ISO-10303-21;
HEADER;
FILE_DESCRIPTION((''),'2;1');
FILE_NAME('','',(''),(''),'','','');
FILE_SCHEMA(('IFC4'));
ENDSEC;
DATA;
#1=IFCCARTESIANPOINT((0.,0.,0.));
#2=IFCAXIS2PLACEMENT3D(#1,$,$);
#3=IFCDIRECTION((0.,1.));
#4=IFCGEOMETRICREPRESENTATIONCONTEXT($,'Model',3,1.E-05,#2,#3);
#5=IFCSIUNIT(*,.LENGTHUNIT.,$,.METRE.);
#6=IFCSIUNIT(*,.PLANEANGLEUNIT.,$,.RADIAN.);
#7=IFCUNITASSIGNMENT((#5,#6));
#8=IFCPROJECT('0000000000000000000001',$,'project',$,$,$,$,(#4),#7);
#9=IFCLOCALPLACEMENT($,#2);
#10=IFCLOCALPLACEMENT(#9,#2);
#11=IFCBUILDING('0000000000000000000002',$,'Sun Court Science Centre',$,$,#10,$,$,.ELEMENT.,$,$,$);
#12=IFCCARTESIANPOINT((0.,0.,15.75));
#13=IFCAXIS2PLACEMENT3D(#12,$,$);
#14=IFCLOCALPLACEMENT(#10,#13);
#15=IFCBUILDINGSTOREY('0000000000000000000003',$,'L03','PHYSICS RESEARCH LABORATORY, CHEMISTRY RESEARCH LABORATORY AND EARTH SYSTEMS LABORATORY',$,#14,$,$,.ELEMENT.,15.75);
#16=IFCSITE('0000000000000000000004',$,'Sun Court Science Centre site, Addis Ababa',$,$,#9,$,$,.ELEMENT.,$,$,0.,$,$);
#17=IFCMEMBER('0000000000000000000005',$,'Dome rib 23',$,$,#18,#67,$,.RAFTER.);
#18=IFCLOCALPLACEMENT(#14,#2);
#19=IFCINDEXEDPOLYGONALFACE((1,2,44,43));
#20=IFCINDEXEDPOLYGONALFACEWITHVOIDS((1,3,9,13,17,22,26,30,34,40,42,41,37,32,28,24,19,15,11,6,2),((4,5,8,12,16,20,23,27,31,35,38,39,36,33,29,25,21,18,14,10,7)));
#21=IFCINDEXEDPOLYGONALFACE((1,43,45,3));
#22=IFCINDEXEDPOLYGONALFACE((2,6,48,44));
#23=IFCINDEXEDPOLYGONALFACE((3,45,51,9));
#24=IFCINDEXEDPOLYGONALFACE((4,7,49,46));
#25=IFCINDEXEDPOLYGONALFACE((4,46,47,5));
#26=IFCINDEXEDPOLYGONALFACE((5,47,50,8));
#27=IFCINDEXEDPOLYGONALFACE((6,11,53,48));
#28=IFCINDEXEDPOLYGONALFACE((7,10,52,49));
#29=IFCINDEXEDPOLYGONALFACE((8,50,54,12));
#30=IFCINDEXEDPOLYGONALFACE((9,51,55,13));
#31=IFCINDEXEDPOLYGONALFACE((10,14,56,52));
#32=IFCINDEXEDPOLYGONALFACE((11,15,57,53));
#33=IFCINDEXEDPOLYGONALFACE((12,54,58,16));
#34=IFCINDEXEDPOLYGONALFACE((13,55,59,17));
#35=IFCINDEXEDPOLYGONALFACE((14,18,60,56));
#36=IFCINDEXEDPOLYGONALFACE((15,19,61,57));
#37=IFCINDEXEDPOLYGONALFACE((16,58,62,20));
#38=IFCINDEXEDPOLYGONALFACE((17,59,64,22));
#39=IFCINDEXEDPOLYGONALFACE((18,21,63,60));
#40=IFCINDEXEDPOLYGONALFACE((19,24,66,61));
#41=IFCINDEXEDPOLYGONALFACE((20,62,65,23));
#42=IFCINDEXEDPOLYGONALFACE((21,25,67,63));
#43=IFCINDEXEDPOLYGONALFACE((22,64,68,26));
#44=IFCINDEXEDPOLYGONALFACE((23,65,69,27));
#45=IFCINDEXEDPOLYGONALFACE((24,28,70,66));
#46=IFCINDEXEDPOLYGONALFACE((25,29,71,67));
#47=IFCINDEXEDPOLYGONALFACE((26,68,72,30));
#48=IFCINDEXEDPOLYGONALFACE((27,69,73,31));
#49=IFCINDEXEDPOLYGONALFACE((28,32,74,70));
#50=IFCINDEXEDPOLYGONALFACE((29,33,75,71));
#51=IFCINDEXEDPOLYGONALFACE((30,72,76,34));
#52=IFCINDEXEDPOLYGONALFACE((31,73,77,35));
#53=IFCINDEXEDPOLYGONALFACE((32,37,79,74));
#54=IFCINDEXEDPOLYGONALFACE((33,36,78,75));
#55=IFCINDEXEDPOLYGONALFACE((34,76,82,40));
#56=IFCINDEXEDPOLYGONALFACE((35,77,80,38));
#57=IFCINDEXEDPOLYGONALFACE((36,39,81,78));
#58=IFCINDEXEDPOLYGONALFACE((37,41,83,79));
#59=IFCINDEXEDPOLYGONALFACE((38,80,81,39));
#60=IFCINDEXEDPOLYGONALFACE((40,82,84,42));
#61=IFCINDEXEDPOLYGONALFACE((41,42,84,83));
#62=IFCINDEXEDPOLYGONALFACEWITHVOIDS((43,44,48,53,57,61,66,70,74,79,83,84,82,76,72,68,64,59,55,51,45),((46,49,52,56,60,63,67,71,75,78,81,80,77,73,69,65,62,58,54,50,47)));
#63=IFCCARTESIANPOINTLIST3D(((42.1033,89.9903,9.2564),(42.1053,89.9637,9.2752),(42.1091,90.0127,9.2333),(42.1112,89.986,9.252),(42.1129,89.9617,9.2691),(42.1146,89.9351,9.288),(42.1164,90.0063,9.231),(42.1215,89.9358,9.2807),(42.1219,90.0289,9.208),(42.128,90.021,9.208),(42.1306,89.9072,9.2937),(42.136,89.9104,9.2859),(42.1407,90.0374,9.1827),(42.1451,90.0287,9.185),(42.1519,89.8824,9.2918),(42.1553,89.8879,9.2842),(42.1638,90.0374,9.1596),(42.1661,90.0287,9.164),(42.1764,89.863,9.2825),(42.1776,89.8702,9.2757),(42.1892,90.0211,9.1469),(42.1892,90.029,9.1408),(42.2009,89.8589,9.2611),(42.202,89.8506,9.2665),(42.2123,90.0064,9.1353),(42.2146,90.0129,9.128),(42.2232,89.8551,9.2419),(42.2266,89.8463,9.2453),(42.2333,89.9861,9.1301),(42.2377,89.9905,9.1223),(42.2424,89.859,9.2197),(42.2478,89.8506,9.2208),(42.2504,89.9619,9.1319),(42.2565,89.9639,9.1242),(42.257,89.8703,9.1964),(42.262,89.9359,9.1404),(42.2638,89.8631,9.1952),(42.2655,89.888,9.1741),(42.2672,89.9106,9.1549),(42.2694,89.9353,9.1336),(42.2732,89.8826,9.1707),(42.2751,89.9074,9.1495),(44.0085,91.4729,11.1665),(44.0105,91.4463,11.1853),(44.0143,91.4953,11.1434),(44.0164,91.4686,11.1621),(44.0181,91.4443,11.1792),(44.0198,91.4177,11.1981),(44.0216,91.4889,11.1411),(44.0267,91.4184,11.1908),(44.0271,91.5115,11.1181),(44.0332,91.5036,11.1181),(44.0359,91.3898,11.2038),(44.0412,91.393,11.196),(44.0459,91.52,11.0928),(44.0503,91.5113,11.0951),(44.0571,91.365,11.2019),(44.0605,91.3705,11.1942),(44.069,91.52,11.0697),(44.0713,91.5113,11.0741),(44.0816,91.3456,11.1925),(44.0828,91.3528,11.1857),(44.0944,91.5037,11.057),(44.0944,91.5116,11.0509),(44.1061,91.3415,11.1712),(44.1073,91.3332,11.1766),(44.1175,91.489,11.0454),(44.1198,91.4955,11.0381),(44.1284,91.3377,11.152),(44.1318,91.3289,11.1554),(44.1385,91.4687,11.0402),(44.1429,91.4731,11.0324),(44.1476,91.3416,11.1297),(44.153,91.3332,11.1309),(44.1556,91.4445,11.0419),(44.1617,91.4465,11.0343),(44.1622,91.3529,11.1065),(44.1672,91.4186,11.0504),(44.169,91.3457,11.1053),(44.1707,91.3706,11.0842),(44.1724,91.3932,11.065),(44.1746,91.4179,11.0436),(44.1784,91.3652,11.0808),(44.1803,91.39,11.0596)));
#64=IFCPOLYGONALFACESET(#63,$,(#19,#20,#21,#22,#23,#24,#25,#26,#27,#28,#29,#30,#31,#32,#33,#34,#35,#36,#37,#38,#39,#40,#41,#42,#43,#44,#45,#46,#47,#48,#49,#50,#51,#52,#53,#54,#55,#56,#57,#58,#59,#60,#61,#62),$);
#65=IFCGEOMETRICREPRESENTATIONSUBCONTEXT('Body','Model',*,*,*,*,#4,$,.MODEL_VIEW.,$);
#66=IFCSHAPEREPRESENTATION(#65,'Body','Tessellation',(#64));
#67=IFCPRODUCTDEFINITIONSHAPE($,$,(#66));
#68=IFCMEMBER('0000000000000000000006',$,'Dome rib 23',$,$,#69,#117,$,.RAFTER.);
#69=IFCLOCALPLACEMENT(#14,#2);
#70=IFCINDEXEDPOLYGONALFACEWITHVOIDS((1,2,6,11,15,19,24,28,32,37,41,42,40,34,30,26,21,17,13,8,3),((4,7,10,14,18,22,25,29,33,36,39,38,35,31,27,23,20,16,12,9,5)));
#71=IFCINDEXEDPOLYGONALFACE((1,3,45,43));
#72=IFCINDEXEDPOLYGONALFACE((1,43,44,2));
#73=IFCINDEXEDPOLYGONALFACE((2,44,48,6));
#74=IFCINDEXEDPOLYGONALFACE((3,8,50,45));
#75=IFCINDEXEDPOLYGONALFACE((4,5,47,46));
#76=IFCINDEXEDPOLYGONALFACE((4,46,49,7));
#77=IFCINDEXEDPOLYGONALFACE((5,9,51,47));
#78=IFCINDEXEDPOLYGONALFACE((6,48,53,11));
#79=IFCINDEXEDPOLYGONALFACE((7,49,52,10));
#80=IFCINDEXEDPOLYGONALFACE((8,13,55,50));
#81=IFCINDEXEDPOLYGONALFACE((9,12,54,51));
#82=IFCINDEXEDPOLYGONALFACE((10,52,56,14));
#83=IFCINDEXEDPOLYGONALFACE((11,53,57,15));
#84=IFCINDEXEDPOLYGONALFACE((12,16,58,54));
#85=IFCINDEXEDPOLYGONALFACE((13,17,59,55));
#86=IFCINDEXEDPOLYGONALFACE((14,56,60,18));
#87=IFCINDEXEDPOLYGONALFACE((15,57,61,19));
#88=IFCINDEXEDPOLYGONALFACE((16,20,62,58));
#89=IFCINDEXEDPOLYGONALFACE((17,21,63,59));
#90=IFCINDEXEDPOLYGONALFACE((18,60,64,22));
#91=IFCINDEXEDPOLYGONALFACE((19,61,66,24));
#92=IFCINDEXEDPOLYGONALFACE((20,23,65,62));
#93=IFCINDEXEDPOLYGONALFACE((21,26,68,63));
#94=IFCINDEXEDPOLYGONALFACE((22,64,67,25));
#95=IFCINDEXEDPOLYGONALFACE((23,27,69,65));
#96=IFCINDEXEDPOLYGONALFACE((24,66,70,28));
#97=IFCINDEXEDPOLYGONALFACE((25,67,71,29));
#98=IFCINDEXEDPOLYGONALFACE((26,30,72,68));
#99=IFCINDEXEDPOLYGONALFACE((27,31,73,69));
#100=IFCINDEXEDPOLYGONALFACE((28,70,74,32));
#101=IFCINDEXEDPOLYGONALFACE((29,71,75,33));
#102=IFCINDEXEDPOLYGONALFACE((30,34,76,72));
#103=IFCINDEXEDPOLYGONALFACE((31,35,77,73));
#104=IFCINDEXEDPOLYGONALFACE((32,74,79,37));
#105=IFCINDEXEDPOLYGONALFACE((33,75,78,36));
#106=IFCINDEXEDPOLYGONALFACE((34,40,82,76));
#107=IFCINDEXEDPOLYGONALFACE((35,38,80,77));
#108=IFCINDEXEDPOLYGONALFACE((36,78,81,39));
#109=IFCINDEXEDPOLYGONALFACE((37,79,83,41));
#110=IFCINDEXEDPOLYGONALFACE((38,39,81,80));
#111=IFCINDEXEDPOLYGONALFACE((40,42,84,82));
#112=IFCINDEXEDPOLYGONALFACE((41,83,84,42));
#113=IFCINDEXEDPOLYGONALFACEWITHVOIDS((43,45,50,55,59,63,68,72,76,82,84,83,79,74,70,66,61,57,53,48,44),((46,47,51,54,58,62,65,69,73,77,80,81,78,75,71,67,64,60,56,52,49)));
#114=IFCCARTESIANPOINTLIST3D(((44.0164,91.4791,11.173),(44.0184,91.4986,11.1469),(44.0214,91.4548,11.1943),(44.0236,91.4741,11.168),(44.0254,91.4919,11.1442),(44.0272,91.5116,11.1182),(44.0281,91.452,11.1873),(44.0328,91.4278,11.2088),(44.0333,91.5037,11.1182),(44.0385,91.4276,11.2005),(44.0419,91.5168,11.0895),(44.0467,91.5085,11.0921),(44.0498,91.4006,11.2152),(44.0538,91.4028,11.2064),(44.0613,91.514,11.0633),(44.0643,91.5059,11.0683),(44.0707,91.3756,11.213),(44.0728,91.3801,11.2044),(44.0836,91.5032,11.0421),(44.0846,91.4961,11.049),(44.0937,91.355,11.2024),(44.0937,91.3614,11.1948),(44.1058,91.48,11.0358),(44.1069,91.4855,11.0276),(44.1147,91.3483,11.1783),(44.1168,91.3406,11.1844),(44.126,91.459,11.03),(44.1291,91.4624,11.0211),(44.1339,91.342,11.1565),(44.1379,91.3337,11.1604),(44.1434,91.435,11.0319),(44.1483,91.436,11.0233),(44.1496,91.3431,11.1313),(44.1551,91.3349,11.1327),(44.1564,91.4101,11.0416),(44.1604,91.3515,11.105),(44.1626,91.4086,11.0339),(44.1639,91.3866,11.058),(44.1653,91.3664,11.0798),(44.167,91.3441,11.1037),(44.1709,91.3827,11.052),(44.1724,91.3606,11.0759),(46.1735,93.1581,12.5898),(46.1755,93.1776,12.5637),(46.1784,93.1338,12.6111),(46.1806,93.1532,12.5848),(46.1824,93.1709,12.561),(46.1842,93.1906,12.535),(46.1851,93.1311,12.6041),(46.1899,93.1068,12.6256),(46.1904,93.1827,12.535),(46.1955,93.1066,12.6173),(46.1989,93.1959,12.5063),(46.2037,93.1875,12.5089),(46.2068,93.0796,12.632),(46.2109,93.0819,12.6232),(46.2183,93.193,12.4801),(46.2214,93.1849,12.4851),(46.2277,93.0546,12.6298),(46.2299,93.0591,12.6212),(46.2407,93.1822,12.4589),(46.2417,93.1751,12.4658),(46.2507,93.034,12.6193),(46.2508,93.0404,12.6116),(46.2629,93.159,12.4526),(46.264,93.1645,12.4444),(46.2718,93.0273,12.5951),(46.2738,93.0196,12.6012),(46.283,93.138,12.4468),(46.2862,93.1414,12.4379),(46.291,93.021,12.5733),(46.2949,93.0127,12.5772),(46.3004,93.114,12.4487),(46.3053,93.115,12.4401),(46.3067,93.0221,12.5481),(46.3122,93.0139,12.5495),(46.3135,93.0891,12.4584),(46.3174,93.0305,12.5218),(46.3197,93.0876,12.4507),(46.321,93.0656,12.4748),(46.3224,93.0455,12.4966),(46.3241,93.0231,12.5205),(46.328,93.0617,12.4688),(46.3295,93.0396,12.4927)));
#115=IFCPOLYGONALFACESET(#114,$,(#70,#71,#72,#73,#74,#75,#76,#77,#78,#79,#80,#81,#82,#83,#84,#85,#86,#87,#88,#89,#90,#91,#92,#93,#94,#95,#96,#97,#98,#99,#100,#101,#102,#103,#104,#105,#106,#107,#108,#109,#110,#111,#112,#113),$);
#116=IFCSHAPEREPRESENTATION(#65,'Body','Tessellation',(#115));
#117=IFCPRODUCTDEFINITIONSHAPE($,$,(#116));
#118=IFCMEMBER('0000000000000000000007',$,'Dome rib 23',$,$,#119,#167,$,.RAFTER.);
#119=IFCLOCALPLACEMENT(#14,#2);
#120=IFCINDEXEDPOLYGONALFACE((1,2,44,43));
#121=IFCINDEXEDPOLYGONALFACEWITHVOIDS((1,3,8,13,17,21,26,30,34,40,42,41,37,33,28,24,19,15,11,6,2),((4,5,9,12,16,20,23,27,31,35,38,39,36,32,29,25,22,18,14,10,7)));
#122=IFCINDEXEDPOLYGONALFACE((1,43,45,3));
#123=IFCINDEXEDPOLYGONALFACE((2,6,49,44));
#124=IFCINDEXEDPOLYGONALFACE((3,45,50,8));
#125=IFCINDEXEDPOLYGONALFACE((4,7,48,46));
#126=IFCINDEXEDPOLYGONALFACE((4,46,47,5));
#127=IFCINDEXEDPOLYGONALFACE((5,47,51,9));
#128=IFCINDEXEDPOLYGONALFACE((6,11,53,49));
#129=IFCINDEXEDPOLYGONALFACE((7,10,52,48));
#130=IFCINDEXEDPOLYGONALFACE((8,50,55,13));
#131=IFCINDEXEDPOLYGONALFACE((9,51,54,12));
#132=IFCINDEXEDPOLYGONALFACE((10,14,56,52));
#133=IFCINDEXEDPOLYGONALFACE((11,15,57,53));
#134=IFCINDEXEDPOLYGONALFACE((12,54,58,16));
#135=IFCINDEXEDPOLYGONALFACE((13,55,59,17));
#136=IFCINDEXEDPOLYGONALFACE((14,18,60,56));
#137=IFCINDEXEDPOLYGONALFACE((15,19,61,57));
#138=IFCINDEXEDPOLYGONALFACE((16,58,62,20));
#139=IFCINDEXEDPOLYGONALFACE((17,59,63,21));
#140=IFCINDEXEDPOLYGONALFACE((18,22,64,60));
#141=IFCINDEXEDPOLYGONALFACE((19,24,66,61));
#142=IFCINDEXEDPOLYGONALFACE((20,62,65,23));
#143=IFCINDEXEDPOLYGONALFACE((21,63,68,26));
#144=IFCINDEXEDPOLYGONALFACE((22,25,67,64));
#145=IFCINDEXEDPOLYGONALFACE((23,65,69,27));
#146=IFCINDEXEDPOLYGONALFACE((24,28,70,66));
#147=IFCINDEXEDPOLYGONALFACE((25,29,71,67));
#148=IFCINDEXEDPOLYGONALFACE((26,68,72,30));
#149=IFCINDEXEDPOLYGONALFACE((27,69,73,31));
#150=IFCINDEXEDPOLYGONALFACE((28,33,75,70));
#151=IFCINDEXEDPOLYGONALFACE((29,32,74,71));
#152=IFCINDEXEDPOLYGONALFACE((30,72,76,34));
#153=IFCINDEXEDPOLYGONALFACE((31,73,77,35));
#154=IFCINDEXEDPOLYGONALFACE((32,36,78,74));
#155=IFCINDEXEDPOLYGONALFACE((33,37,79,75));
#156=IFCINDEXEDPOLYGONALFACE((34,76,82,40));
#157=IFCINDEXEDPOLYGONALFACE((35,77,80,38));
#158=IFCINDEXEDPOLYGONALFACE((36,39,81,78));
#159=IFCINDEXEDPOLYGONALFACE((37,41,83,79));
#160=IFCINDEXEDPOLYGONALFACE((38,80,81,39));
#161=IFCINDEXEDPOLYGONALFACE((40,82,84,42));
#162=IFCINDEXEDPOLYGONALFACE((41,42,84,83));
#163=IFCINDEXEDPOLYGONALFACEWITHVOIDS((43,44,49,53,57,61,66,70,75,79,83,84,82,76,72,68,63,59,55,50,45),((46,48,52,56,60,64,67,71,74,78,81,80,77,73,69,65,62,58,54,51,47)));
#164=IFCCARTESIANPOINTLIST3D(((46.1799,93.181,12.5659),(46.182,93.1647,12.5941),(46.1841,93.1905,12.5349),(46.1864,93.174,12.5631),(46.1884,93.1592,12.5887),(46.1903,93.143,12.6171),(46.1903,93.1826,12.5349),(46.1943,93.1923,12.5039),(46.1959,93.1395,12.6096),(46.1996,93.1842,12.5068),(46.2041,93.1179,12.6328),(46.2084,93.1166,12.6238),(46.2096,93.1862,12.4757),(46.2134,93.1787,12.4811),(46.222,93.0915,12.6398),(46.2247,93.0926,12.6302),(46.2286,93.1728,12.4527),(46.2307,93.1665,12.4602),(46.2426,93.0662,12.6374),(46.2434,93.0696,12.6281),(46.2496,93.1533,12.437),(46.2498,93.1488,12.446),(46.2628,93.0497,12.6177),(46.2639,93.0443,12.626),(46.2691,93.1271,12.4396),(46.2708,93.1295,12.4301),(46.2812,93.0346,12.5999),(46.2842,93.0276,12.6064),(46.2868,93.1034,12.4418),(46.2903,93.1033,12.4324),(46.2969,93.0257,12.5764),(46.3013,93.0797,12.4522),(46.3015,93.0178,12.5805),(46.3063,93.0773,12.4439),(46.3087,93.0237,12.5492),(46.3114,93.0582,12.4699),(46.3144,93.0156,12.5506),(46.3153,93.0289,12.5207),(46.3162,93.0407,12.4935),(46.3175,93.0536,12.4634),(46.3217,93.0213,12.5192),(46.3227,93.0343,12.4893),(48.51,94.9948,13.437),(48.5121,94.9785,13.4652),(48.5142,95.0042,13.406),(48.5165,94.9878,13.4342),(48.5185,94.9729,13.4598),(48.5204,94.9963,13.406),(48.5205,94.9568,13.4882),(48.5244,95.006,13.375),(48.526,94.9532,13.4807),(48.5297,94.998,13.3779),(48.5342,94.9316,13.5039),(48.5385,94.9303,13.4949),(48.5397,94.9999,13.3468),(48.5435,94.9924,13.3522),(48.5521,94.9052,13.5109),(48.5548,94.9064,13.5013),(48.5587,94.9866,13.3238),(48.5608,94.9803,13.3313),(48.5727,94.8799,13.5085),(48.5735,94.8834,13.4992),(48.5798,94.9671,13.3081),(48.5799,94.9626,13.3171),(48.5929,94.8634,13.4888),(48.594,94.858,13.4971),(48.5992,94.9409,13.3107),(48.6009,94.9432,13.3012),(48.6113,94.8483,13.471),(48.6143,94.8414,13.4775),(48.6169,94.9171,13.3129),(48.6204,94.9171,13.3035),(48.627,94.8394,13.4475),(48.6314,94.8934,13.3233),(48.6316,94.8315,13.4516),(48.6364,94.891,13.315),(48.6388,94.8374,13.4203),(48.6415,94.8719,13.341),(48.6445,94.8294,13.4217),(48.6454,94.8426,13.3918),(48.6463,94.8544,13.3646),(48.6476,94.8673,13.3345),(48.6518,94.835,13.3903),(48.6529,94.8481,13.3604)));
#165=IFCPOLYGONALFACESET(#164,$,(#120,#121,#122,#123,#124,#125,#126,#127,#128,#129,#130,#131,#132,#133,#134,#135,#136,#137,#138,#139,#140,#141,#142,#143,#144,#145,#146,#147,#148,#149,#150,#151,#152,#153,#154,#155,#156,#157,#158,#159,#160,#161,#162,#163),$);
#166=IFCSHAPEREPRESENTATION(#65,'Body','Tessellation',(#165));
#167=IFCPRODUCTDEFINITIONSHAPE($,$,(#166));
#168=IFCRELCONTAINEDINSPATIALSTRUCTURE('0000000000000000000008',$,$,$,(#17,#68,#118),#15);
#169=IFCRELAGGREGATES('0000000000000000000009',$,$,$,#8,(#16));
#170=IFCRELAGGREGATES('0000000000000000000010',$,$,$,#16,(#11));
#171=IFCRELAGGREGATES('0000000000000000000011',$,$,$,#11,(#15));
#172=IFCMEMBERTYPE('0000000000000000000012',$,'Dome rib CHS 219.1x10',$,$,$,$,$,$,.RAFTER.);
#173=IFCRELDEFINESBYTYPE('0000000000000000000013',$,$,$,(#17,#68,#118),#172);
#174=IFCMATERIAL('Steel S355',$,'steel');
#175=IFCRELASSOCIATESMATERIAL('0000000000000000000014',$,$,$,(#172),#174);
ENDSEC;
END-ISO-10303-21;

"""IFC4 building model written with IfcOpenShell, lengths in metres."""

from ifc_helpers import new_model, si_unit, direction, frame, origin, origin_2d, place, context, subcontext, project, spatial, hollow_circle, extrude, material, material_profile, profile_set, type_object, element, save


model = new_model("IFC4")

# Units and contexts
model_context = context("Model", 3, precision=1e-05, world=origin(), true_north=direction((0.0, 1.0)))
body_context = subcontext(model_context, "Body", "Model", "MODEL_VIEW")
ifc_project = project(units=[si_unit("LENGTHUNIT", "METRE"), si_unit("PLANEANGLEUNIT", "RADIAN")], contexts=[model_context])

# Site, building, storey
site_placement = place(None, origin())
site = spatial("IfcSite", under=ifc_project, at=site_placement, Name="Sun Court Science Centre site, Addis Ababa", CompositionType="ELEMENT", RefElevation=0.0)
building_placement = place(site_placement, origin())
building = spatial("IfcBuilding", under=site, at=building_placement, Name="Sun Court Science Centre", CompositionType="ELEMENT")
storey_placement = place(building_placement, frame((0.0, 0.0, 15.75)))
storey = spatial("IfcBuildingStorey", under=building, at=storey_placement, Name="L03", Description="PHYSICS RESEARCH LABORATORY, CHEMISTRY RESEARCH LABORATORY AND EARTH SYSTEMS LABORATORY", CompositionType="ELEMENT", Elevation=15.75)

# Members
ifc_material_1 = material(Name="Steel S355", Category="steel")
ifc_material_profile_1 = material_profile(ifc_material_1, hollow_circle(Radius=0.1096, WallThickness=0.01, at=origin_2d()), Name="CHS 219.1x10")
ifc_profile_set_1 = profile_set([ifc_material_profile_1], Name="Steel S355")
member_type_1 = type_object("IfcMemberType", Name="Dome rib CHS 219.1x10", PredefinedType="RAFTER", material=ifc_profile_set_1)
member_1_placement = place(storey_placement, frame((42.1892, 89.9424, 9.208), z_axis=(0.6189, 0.481622, 0.620486), x_axis=(-0.614144, 0.789194, 0.0)))
element("IfcMember", 1, at=member_1_placement, inside=storey, type_object=member_type_1, Name="Dome rib 23", PredefinedType="RAFTER", context=body_context, shape_type="SweptSolid", body=[
    extrude(hollow_circle(Radius=0.1096, WallThickness=0.01, at=origin_2d()), origin(), (0.0, 0.0, 1.0), 3.0784),
])
member_2_placement = place(storey_placement, frame((44.0945, 91.425, 11.1182), z_axis=(0.700606, 0.545338, 0.460171), x_axis=(-0.614237, 0.789121, 0.0)))
element("IfcMember", 2, at=member_2_placement, inside=storey, type_object=member_type_1, Name="Dome rib 23", PredefinedType="RAFTER", context=body_context, shape_type="SweptSolid", body=[
    extrude(hollow_circle(Radius=0.1096, WallThickness=0.01, at=origin_2d()), origin(), (0.0, 0.0, 1.0), 3.0789),
])
member_3_placement = place(storey_placement, frame((46.2515, 93.104, 12.5349), z_axis=(0.756868, 0.589142, 0.282953), x_axis=(-0.614244, 0.789116, 0.0)))
element("IfcMember", 3, at=member_3_placement, inside=storey, type_object=member_type_1, Name="Dome rib 23", PredefinedType="RAFTER", context=body_context, shape_type="SweptSolid", body=[
    extrude(hollow_circle(Radius=0.1096, WallThickness=0.01, at=origin_2d()), origin(), (0.0, 0.0, 1.0), 3.0786),
])

save(model, "model.ifc")
